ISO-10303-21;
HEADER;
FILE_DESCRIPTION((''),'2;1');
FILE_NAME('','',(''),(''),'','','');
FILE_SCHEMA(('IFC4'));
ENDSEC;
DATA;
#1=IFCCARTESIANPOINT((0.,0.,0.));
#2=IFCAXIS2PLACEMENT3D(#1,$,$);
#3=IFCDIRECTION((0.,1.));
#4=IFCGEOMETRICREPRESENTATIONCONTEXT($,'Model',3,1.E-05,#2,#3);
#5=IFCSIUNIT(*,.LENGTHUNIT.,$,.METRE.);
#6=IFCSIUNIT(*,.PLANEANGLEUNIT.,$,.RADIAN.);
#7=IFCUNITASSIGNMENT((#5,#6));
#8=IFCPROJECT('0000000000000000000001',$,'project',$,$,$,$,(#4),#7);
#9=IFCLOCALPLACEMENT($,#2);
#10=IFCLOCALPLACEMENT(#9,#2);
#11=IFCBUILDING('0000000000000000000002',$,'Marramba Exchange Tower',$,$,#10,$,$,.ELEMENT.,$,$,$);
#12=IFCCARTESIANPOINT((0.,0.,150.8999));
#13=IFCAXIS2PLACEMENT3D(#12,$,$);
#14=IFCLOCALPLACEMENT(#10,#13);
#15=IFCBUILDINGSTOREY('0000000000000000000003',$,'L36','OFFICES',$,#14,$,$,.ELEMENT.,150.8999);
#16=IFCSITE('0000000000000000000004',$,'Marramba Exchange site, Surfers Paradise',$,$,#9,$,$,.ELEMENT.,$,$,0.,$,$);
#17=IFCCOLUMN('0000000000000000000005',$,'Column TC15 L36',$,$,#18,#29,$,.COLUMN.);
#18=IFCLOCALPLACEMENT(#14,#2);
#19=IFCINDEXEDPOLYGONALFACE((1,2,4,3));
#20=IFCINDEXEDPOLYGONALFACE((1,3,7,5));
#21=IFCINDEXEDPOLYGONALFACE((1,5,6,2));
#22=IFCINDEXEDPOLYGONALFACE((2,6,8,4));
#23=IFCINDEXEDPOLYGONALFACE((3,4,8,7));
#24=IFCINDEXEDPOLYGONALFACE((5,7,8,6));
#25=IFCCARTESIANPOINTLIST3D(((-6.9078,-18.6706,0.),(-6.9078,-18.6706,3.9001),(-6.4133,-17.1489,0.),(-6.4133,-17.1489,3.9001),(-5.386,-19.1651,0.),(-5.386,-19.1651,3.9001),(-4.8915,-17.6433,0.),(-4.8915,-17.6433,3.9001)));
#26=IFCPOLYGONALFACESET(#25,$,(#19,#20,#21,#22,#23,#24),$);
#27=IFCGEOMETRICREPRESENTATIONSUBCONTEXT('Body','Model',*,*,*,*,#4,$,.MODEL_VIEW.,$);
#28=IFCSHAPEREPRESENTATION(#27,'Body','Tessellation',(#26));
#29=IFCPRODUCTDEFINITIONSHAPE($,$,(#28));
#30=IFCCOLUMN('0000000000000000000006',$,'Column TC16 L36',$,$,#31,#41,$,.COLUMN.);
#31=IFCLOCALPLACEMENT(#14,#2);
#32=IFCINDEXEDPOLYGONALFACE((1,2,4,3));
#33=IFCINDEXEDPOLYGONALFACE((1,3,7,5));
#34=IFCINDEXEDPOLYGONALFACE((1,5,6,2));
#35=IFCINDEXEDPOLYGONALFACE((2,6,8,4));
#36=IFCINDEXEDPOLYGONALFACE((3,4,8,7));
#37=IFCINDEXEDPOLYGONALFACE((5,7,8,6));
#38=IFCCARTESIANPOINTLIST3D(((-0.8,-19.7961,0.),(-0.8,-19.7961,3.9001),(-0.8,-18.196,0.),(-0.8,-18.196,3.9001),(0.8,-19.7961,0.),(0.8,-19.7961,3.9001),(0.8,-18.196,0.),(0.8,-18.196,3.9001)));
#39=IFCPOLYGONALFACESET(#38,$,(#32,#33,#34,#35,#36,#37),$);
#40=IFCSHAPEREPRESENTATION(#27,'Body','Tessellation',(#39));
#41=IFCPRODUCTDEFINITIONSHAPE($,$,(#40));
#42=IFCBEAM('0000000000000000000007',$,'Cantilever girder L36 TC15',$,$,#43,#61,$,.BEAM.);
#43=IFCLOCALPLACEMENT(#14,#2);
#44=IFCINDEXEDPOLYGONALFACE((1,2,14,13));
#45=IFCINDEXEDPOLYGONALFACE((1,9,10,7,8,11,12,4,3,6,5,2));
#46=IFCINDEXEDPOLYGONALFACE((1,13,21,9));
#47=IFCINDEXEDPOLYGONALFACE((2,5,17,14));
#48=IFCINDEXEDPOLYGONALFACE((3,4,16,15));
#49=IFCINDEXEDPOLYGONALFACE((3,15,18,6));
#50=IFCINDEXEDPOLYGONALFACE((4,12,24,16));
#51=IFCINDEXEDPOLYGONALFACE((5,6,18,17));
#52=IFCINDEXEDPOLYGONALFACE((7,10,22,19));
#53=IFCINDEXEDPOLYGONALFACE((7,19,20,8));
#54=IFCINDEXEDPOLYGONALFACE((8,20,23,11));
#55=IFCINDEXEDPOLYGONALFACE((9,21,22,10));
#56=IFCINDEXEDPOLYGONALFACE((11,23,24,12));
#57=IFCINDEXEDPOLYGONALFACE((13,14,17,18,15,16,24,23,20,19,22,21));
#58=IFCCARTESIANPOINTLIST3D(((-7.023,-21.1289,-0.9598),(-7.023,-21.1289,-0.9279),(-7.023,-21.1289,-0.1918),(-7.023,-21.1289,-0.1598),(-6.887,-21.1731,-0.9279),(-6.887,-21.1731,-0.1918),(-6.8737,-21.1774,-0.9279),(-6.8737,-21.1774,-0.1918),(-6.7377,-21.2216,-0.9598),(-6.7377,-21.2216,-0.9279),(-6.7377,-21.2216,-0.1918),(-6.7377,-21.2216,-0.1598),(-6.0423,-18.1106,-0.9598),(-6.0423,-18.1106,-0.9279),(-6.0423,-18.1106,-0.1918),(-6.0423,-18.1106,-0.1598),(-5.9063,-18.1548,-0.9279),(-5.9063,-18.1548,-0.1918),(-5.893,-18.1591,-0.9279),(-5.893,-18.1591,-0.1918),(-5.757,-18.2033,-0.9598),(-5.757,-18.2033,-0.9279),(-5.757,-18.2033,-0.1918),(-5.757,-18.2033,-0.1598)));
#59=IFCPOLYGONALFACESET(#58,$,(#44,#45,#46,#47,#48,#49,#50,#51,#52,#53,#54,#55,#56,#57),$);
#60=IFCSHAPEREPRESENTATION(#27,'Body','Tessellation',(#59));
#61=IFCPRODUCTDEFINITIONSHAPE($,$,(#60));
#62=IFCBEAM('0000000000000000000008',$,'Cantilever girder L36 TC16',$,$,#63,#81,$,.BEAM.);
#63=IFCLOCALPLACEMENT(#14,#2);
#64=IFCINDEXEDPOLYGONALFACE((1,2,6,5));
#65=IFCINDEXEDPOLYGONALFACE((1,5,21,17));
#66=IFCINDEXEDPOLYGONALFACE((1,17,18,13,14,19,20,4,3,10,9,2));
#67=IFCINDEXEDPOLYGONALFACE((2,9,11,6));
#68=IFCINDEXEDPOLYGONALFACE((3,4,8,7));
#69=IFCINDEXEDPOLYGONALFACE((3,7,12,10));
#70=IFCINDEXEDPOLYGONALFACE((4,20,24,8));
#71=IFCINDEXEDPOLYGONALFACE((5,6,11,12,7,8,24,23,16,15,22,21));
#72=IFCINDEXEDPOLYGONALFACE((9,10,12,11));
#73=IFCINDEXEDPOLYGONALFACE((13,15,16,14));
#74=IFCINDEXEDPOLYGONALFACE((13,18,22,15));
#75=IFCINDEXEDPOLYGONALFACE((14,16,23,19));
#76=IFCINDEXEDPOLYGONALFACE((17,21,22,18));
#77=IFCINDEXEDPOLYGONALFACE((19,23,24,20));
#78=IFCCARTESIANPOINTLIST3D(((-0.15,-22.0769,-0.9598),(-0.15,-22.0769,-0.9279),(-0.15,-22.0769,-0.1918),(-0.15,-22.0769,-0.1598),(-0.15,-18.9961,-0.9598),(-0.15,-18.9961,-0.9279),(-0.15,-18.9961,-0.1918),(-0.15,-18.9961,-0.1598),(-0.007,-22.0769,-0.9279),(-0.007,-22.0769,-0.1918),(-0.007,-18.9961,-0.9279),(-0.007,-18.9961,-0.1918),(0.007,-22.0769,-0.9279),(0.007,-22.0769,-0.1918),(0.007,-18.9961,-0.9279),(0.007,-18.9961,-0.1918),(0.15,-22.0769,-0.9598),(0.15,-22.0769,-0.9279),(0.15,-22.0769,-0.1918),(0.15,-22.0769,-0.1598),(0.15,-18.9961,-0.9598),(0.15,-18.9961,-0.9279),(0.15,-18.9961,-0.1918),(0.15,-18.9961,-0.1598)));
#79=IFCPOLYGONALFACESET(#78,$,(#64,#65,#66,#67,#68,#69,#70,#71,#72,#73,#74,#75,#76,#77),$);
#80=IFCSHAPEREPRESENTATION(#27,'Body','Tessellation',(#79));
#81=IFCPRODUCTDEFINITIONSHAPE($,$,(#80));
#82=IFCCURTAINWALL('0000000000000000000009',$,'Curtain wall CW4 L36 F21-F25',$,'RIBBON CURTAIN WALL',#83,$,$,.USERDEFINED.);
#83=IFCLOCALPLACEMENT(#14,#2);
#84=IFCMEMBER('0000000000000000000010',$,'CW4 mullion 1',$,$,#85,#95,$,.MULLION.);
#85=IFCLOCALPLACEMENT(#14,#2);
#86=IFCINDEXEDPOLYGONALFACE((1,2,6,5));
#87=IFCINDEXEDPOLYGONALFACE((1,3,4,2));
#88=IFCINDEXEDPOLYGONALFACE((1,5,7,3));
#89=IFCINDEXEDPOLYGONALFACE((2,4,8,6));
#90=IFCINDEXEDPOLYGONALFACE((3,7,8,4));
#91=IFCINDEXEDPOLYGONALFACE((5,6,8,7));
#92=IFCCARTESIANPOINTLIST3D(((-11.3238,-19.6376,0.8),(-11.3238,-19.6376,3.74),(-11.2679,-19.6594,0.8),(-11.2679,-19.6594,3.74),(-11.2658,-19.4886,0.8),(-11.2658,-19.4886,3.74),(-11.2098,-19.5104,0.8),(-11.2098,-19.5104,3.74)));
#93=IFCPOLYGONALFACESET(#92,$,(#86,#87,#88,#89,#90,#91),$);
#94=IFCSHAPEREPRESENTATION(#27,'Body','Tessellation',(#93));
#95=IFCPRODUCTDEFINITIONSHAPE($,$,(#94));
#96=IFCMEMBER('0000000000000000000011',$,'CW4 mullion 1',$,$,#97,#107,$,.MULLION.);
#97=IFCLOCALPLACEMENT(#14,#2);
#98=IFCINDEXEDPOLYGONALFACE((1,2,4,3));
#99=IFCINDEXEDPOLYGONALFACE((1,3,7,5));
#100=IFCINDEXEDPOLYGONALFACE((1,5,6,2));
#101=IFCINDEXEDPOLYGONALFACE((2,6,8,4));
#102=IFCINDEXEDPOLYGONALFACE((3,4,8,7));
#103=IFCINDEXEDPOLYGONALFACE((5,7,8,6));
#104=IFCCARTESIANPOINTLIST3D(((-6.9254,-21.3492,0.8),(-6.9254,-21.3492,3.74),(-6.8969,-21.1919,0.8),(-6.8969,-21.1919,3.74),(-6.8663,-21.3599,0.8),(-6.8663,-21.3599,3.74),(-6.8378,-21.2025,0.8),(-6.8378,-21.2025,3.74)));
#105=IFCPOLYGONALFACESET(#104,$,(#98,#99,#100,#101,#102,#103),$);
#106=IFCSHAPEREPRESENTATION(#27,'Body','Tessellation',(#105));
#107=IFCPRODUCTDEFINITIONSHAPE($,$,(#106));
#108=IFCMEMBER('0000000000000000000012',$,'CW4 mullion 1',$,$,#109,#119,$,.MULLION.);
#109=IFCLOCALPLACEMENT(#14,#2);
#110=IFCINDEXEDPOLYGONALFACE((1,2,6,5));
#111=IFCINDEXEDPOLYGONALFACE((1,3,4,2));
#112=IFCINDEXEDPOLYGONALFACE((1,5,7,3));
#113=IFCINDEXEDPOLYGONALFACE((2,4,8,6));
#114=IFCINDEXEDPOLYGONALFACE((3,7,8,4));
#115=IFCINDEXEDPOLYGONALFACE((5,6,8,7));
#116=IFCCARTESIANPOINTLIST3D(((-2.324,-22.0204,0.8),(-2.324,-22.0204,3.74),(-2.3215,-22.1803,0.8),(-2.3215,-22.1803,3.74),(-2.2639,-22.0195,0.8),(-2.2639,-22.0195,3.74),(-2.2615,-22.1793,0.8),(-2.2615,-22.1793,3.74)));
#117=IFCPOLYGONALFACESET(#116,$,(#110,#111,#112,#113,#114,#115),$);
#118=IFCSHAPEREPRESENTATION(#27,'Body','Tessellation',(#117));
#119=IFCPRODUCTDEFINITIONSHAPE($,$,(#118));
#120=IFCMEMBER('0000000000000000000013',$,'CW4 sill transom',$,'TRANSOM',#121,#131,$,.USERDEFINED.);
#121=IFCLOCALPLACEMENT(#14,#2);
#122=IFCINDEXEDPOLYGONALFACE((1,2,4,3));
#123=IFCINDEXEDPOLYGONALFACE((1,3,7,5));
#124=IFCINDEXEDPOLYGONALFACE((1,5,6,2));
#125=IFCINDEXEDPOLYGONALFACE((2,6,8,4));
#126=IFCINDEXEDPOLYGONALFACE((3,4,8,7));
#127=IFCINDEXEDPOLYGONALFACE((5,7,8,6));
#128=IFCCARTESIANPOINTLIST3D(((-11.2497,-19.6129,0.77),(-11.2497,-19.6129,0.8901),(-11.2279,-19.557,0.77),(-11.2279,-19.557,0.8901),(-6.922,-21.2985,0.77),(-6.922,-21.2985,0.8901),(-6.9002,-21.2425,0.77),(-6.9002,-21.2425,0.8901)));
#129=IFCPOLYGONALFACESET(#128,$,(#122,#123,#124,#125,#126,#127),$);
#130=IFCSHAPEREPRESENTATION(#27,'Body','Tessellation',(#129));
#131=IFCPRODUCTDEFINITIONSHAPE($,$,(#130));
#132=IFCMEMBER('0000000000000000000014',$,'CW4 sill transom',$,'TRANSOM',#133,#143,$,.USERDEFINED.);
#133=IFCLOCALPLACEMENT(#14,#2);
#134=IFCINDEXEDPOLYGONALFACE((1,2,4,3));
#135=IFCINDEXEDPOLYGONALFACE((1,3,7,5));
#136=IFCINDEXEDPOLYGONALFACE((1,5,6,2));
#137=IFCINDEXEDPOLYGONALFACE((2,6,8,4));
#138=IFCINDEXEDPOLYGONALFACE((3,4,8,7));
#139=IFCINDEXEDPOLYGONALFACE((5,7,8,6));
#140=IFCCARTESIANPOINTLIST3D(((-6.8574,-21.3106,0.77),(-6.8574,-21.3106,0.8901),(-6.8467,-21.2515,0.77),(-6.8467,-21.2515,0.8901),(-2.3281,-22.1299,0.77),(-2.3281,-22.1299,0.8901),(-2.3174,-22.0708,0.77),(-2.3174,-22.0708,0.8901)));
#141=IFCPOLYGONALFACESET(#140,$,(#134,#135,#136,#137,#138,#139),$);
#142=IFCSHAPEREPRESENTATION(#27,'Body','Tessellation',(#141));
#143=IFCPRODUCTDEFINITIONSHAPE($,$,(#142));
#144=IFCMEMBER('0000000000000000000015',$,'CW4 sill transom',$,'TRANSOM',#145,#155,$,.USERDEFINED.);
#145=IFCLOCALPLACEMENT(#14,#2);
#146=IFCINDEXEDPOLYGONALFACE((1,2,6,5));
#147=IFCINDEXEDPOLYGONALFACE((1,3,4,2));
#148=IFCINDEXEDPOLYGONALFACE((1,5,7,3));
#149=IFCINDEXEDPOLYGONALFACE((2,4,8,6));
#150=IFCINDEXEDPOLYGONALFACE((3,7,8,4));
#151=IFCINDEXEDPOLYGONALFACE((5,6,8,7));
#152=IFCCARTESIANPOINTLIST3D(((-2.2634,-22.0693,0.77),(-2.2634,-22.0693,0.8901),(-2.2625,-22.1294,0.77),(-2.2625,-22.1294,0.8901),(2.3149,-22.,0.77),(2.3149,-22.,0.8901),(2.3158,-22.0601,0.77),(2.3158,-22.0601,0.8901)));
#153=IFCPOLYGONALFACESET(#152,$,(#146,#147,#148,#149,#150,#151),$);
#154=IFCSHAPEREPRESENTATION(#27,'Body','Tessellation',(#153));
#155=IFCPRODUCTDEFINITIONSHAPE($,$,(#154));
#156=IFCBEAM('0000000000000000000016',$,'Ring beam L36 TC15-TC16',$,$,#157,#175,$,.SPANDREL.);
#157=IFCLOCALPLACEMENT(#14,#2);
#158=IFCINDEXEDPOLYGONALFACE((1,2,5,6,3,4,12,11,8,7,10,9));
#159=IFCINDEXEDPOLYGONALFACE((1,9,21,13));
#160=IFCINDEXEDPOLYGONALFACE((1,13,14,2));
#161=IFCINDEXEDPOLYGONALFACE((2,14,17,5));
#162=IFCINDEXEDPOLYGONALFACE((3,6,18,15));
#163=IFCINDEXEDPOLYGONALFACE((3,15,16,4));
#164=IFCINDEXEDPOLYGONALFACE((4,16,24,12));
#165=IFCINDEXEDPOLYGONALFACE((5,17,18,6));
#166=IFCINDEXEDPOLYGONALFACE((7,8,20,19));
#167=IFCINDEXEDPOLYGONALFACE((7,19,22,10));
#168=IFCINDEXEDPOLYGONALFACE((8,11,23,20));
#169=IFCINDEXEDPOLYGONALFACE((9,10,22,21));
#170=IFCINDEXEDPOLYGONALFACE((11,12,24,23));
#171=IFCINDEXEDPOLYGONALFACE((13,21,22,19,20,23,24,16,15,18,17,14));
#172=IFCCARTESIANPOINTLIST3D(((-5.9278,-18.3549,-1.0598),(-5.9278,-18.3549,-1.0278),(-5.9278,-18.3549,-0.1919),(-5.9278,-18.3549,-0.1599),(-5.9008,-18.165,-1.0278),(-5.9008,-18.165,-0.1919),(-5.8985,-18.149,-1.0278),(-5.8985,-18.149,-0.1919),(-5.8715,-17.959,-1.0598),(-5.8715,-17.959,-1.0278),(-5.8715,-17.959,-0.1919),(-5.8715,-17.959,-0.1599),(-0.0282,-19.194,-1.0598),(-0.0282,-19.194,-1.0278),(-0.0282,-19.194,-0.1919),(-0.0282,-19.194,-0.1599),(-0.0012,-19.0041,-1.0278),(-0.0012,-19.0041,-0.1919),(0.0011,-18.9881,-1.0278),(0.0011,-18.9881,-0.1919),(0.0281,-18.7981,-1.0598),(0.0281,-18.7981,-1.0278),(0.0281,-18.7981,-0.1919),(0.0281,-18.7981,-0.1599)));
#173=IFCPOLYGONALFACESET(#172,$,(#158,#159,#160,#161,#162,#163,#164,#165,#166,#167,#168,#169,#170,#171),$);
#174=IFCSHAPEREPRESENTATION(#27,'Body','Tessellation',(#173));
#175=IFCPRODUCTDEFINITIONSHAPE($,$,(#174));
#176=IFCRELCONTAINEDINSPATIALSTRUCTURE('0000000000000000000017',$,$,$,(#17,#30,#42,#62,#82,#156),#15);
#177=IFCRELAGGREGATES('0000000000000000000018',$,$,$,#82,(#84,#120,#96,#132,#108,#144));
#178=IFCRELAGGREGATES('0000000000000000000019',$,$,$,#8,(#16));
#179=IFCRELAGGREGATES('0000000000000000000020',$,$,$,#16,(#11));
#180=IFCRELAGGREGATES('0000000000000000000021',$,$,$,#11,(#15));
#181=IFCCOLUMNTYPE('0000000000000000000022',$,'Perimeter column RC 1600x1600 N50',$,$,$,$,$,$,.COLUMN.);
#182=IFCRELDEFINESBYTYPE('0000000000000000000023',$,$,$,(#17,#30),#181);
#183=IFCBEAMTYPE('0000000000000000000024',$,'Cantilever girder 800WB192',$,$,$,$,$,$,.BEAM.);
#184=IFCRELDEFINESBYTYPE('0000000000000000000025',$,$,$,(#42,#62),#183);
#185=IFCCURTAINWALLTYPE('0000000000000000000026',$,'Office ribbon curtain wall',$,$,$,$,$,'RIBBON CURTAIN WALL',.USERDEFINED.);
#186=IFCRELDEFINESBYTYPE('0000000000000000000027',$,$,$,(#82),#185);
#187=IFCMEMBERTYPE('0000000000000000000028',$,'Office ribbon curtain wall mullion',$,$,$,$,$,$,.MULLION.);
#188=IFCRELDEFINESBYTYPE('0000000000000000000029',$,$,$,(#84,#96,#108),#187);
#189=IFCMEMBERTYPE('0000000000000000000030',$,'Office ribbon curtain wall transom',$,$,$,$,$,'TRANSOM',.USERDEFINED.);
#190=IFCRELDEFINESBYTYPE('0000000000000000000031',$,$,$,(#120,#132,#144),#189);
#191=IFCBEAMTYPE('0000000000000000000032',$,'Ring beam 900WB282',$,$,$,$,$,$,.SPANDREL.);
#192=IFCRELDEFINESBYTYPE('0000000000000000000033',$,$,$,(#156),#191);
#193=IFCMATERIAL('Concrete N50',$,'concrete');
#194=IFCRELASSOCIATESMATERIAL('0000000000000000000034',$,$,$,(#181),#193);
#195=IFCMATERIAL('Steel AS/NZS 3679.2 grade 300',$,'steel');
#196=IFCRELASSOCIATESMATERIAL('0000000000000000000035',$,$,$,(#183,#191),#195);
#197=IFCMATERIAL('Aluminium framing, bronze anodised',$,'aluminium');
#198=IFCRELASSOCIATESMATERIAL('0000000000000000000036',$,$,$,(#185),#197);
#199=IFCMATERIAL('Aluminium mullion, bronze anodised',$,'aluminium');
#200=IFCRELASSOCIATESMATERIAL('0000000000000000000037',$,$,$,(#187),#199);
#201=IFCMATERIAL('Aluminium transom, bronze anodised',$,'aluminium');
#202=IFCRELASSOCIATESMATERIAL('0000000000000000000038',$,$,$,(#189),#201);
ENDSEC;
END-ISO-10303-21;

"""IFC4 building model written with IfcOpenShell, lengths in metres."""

from ifc_helpers import new_model, si_unit, direction, frame, origin, origin_2d, place, context, subcontext, project, spatial, rectangle, i_section, extrude, material, material_profile, profile_set, type_object, element, aggregate, save


model = new_model("IFC4")

# Units and contexts
model_context = context("Model", 3, precision=1e-05, world=origin(), true_north=direction((0.0, 1.0)))
body_context = subcontext(model_context, "Body", "Model", "MODEL_VIEW")
ifc_project = project(units=[si_unit("LENGTHUNIT", "METRE"), si_unit("PLANEANGLEUNIT", "RADIAN")], contexts=[model_context])

# Site, building, storey
site_placement = place(None, origin())
site = spatial("IfcSite", under=ifc_project, at=site_placement, Name="Marramba Exchange site, Surfers Paradise", CompositionType="ELEMENT", RefElevation=0.0)
building_placement = place(site_placement, origin())
building = spatial("IfcBuilding", under=site, at=building_placement, Name="Marramba Exchange Tower", CompositionType="ELEMENT")
storey_placement = place(building_placement, frame((0.0, 0.0, 150.8999)))
storey = spatial("IfcBuildingStorey", under=building, at=storey_placement, Name="L36", Description="OFFICES", CompositionType="ELEMENT", Elevation=150.8999)

# Columns
ifc_material_1 = material(Name="Concrete N50", Category="concrete")
ifc_material_profile_1 = material_profile(ifc_material_1, rectangle(XDim=1.6001, YDim=1.6001, at=origin_2d()), Name="RC 1600x1600")
ifc_profile_set_1 = profile_set([ifc_material_profile_1], Name="Concrete N50")
column_type = type_object("IfcColumnType", Name="Perimeter column RC 1600x1600 N50", PredefinedType="COLUMN", material=ifc_profile_set_1)
for number, where, z_axis, x_axis, name in (
    (1, (-5.8997, -18.157, 0.0), (0.0, 0.0, 1.0), (-0.309017, -0.951057, 0.0), "Column TC15 L36"),
    (2, (0.0, -18.9961, 0.0), (0.0, 0.0, 1.0), (0.0, -1.0, 0.0), "Column TC16 L36"),
):
    element("IfcColumn", number, at=place(storey_placement, frame(where, z_axis=z_axis, x_axis=x_axis)), inside=storey, type_object=column_type, Name=name, PredefinedType="COLUMN", context=body_context, shape_type="SweptSolid", body=[
        extrude(rectangle(XDim=1.6001, YDim=1.6001, at=origin_2d()), origin(), (0.0, 0.0, 1.0), 3.9001),
    ])

# Beams
ifc_material_2 = material(Name="Steel AS/NZS 3679.2 grade 300", Category="steel")
ifc_material_profile_2 = material_profile(ifc_material_2, i_section(OverallWidth=0.3, OverallDepth=0.8, WebThickness=0.0139, FlangeThickness=0.032, at=origin_2d()), Name="800WB192")
ifc_profile_set_2 = profile_set([ifc_material_profile_2], Name="Steel AS/NZS 3679.2 grade 300")
beam_type_1 = type_object("IfcBeamType", Name="Cantilever girder 800WB192", PredefinedType="BEAM", material=ifc_profile_set_2)
beam_1_placement = place(storey_placement, frame((-5.8997, -18.157, -0.5598), z_axis=(-0.309018, -0.951056, 0.0), x_axis=(0.951056, -0.309018, 0.0)))
element("IfcBeam", 3, at=beam_1_placement, inside=storey, type_object=beam_type_1, Name="Cantilever girder L36 TC15", PredefinedType="BEAM", context=body_context, shape_type="SweptSolid", body=[
    extrude(i_section(OverallWidth=0.3, OverallDepth=0.8, WebThickness=0.0139, FlangeThickness=0.032, at=origin_2d()), origin(), (0.0, 0.0, 1.0), 3.1736),
])
beam_2_placement = place(storey_placement, frame((0.0, -18.9961, -0.5598), z_axis=(0.0, -1.0, 0.0), x_axis=(1.0, 0.0, 0.0)))
element("IfcBeam", 4, at=beam_2_placement, inside=storey, type_object=beam_type_1, Name="Cantilever girder L36 TC16", PredefinedType="BEAM", context=body_context, shape_type="SweptSolid", body=[
    extrude(i_section(OverallWidth=0.3, OverallDepth=0.8, WebThickness=0.0139, FlangeThickness=0.032, at=origin_2d()), origin(), (0.0, 0.0, 1.0), 3.0808),
])

# Curtain wall, members
ifc_material_3 = material(Name="Aluminium framing, bronze anodised", Category="aluminium")
curtain_wall_type = type_object("IfcCurtainWallType", Name="Office ribbon curtain wall", ElementType="RIBBON CURTAIN WALL", PredefinedType="USERDEFINED", material=ifc_material_3)
curtain_wall_1_placement = place(storey_placement, origin())
curtain_wall_1 = element("IfcCurtainWall", 5, at=curtain_wall_1_placement, inside=storey, type_object=curtain_wall_type, Name="Curtain wall CW4 L36 F21-F25", ObjectType="RIBBON CURTAIN WALL", PredefinedType="USERDEFINED")
ifc_material_4 = material(Name="Aluminium mullion, bronze anodised", Category="aluminium")
ifc_material_profile_3 = material_profile(ifc_material_4, rectangle(XDim=0.1599, YDim=0.0601, at=origin_2d()), Name="CW4 mullion 60x160")
ifc_profile_set_3 = profile_set([ifc_material_profile_3], Name="Aluminium mullion, bronze anodised")
member_type_1 = type_object("IfcMemberType", Name="Office ribbon curtain wall mullion", PredefinedType="MULLION", material=ifc_profile_set_3)
member_1_placement = place(storey_placement, frame((-11.2668, -19.574, 0.8), z_axis=(0.0, 0.0, 1.0), x_axis=(0.362925, 0.931818, 0.0)))
member_1 = element("IfcMember", 6, at=member_1_placement, type_object=member_type_1, Name="CW4 mullion 1", PredefinedType="MULLION", context=body_context, shape_type="SweptSolid", body=[
    extrude(rectangle(XDim=0.1599, YDim=0.0601, at=origin_2d()), origin(), (0.0, 0.0, 1.0), 2.9399),
])
member_2_placement = place(storey_placement, frame((-6.8816, -21.2759, 0.8), z_axis=(0.0, 0.0, 1.0), x_axis=(0.177992, 0.984032, 0.0)))
member_2 = element("IfcMember", 7, at=member_2_placement, type_object=member_type_1, Name="CW4 mullion 1", PredefinedType="MULLION", context=body_context, shape_type="SweptSolid", body=[
    extrude(rectangle(XDim=0.1599, YDim=0.0601, at=origin_2d()), origin(), (0.0, 0.0, 1.0), 2.9399),
])
member_3_placement = place(storey_placement, frame((-2.2927, -22.0999, 0.8), z_axis=(0.0, 0.0, 1.0), x_axis=(-0.015179, 0.999885, 0.0)))
member_3 = element("IfcMember", 8, at=member_3_placement, type_object=member_type_1, Name="CW4 mullion 1", PredefinedType="MULLION", context=body_context, shape_type="SweptSolid", body=[
    extrude(rectangle(XDim=0.1599, YDim=0.0601, at=origin_2d()), origin(), (0.0, 0.0, 1.0), 2.9399),
])
ifc_material_5 = material(Name="Aluminium transom, bronze anodised", Category="aluminium")
ifc_material_profile_4 = material_profile(ifc_material_5, rectangle(XDim=0.0601, YDim=0.1201, at=origin_2d()), Name="CW4 transom 60x120")
ifc_profile_set_4 = profile_set([ifc_material_profile_4], Name="Aluminium transom, bronze anodised")
member_type_2 = type_object("IfcMemberType", Name="Office ribbon curtain wall transom", ElementType="TRANSOM", PredefinedType="USERDEFINED", material=ifc_profile_set_4)
member_4_placement = place(storey_placement, frame((-11.2388, -19.585, 0.8301), z_axis=(0.931817, -0.362928, 0.0), x_axis=(0.362928, 0.931817, 0.0)))
member_4 = element("IfcMember", 9, at=member_4_placement, type_object=member_type_2, Name="CW4 sill transom", ObjectType="TRANSOM", PredefinedType="USERDEFINED", context=body_context, shape_type="SweptSolid", body=[
    extrude(rectangle(XDim=0.0601, YDim=0.1201, at=origin_2d()), origin(), (0.0, 0.0, 1.0), 4.6443),
])
member_5_placement = place(storey_placement, frame((-6.8521, -21.281, 0.8301), z_axis=(0.984029, -0.178008, 0.0), x_axis=(0.178008, 0.984029, 0.0)))
member_5 = element("IfcMember", 10, at=member_5_placement, type_object=member_type_2, Name="CW4 sill transom", ObjectType="TRANSOM", PredefinedType="USERDEFINED", context=body_context, shape_type="SweptSolid", body=[
    extrude(rectangle(XDim=0.0601, YDim=0.1201, at=origin_2d()), origin(), (0.0, 0.0, 1.0), 4.6028),
])
member_6_placement = place(storey_placement, frame((-2.2629, -22.0994, 0.8301), z_axis=(0.999885, 0.015143, 0.0), x_axis=(-0.015143, 0.999885, 0.0)))
member_6 = element("IfcMember", 11, at=member_6_placement, type_object=member_type_2, Name="CW4 sill transom", ObjectType="TRANSOM", PredefinedType="USERDEFINED", context=body_context, shape_type="SweptSolid", body=[
    extrude(rectangle(XDim=0.0601, YDim=0.1201, at=origin_2d()), origin(), (0.0, 0.0, 1.0), 4.5789),
])

# Beam
ifc_material_profile_5 = material_profile(ifc_material_2, i_section(OverallWidth=0.3999, OverallDepth=0.8999, WebThickness=0.0161, FlangeThickness=0.032, at=origin_2d()), Name="900WB282")
ifc_profile_set_5 = profile_set([ifc_material_profile_5], Name="Steel AS/NZS 3679.2 grade 300")
beam_type_2 = type_object("IfcBeamType", Name="Ring beam 900WB282", PredefinedType="SPANDREL", material=ifc_profile_set_5)
for number, where, z_axis, x_axis, name in (
    (12, (-5.8997, -18.157, -0.6099), (0.990036, -0.140813, 0.0), (0.140813, 0.990036, 0.0), "Ring beam L36 TC15-TC16"),
):
    element("IfcBeam", number, at=place(storey_placement, frame(where, z_axis=z_axis, x_axis=x_axis)), inside=storey, type_object=beam_type_2, Name=name, PredefinedType="SPANDREL", context=body_context, shape_type="SweptSolid", body=[
        extrude(i_section(OverallWidth=0.3999, OverallDepth=0.8999, WebThickness=0.0161, FlangeThickness=0.032, at=origin_2d()), origin(), (0.0, 0.0, 1.0), 5.959),
    ])

aggregate(curtain_wall_1, [member_1, member_4, member_2, member_5, member_3, member_6])

save(model, "model.ifc")
